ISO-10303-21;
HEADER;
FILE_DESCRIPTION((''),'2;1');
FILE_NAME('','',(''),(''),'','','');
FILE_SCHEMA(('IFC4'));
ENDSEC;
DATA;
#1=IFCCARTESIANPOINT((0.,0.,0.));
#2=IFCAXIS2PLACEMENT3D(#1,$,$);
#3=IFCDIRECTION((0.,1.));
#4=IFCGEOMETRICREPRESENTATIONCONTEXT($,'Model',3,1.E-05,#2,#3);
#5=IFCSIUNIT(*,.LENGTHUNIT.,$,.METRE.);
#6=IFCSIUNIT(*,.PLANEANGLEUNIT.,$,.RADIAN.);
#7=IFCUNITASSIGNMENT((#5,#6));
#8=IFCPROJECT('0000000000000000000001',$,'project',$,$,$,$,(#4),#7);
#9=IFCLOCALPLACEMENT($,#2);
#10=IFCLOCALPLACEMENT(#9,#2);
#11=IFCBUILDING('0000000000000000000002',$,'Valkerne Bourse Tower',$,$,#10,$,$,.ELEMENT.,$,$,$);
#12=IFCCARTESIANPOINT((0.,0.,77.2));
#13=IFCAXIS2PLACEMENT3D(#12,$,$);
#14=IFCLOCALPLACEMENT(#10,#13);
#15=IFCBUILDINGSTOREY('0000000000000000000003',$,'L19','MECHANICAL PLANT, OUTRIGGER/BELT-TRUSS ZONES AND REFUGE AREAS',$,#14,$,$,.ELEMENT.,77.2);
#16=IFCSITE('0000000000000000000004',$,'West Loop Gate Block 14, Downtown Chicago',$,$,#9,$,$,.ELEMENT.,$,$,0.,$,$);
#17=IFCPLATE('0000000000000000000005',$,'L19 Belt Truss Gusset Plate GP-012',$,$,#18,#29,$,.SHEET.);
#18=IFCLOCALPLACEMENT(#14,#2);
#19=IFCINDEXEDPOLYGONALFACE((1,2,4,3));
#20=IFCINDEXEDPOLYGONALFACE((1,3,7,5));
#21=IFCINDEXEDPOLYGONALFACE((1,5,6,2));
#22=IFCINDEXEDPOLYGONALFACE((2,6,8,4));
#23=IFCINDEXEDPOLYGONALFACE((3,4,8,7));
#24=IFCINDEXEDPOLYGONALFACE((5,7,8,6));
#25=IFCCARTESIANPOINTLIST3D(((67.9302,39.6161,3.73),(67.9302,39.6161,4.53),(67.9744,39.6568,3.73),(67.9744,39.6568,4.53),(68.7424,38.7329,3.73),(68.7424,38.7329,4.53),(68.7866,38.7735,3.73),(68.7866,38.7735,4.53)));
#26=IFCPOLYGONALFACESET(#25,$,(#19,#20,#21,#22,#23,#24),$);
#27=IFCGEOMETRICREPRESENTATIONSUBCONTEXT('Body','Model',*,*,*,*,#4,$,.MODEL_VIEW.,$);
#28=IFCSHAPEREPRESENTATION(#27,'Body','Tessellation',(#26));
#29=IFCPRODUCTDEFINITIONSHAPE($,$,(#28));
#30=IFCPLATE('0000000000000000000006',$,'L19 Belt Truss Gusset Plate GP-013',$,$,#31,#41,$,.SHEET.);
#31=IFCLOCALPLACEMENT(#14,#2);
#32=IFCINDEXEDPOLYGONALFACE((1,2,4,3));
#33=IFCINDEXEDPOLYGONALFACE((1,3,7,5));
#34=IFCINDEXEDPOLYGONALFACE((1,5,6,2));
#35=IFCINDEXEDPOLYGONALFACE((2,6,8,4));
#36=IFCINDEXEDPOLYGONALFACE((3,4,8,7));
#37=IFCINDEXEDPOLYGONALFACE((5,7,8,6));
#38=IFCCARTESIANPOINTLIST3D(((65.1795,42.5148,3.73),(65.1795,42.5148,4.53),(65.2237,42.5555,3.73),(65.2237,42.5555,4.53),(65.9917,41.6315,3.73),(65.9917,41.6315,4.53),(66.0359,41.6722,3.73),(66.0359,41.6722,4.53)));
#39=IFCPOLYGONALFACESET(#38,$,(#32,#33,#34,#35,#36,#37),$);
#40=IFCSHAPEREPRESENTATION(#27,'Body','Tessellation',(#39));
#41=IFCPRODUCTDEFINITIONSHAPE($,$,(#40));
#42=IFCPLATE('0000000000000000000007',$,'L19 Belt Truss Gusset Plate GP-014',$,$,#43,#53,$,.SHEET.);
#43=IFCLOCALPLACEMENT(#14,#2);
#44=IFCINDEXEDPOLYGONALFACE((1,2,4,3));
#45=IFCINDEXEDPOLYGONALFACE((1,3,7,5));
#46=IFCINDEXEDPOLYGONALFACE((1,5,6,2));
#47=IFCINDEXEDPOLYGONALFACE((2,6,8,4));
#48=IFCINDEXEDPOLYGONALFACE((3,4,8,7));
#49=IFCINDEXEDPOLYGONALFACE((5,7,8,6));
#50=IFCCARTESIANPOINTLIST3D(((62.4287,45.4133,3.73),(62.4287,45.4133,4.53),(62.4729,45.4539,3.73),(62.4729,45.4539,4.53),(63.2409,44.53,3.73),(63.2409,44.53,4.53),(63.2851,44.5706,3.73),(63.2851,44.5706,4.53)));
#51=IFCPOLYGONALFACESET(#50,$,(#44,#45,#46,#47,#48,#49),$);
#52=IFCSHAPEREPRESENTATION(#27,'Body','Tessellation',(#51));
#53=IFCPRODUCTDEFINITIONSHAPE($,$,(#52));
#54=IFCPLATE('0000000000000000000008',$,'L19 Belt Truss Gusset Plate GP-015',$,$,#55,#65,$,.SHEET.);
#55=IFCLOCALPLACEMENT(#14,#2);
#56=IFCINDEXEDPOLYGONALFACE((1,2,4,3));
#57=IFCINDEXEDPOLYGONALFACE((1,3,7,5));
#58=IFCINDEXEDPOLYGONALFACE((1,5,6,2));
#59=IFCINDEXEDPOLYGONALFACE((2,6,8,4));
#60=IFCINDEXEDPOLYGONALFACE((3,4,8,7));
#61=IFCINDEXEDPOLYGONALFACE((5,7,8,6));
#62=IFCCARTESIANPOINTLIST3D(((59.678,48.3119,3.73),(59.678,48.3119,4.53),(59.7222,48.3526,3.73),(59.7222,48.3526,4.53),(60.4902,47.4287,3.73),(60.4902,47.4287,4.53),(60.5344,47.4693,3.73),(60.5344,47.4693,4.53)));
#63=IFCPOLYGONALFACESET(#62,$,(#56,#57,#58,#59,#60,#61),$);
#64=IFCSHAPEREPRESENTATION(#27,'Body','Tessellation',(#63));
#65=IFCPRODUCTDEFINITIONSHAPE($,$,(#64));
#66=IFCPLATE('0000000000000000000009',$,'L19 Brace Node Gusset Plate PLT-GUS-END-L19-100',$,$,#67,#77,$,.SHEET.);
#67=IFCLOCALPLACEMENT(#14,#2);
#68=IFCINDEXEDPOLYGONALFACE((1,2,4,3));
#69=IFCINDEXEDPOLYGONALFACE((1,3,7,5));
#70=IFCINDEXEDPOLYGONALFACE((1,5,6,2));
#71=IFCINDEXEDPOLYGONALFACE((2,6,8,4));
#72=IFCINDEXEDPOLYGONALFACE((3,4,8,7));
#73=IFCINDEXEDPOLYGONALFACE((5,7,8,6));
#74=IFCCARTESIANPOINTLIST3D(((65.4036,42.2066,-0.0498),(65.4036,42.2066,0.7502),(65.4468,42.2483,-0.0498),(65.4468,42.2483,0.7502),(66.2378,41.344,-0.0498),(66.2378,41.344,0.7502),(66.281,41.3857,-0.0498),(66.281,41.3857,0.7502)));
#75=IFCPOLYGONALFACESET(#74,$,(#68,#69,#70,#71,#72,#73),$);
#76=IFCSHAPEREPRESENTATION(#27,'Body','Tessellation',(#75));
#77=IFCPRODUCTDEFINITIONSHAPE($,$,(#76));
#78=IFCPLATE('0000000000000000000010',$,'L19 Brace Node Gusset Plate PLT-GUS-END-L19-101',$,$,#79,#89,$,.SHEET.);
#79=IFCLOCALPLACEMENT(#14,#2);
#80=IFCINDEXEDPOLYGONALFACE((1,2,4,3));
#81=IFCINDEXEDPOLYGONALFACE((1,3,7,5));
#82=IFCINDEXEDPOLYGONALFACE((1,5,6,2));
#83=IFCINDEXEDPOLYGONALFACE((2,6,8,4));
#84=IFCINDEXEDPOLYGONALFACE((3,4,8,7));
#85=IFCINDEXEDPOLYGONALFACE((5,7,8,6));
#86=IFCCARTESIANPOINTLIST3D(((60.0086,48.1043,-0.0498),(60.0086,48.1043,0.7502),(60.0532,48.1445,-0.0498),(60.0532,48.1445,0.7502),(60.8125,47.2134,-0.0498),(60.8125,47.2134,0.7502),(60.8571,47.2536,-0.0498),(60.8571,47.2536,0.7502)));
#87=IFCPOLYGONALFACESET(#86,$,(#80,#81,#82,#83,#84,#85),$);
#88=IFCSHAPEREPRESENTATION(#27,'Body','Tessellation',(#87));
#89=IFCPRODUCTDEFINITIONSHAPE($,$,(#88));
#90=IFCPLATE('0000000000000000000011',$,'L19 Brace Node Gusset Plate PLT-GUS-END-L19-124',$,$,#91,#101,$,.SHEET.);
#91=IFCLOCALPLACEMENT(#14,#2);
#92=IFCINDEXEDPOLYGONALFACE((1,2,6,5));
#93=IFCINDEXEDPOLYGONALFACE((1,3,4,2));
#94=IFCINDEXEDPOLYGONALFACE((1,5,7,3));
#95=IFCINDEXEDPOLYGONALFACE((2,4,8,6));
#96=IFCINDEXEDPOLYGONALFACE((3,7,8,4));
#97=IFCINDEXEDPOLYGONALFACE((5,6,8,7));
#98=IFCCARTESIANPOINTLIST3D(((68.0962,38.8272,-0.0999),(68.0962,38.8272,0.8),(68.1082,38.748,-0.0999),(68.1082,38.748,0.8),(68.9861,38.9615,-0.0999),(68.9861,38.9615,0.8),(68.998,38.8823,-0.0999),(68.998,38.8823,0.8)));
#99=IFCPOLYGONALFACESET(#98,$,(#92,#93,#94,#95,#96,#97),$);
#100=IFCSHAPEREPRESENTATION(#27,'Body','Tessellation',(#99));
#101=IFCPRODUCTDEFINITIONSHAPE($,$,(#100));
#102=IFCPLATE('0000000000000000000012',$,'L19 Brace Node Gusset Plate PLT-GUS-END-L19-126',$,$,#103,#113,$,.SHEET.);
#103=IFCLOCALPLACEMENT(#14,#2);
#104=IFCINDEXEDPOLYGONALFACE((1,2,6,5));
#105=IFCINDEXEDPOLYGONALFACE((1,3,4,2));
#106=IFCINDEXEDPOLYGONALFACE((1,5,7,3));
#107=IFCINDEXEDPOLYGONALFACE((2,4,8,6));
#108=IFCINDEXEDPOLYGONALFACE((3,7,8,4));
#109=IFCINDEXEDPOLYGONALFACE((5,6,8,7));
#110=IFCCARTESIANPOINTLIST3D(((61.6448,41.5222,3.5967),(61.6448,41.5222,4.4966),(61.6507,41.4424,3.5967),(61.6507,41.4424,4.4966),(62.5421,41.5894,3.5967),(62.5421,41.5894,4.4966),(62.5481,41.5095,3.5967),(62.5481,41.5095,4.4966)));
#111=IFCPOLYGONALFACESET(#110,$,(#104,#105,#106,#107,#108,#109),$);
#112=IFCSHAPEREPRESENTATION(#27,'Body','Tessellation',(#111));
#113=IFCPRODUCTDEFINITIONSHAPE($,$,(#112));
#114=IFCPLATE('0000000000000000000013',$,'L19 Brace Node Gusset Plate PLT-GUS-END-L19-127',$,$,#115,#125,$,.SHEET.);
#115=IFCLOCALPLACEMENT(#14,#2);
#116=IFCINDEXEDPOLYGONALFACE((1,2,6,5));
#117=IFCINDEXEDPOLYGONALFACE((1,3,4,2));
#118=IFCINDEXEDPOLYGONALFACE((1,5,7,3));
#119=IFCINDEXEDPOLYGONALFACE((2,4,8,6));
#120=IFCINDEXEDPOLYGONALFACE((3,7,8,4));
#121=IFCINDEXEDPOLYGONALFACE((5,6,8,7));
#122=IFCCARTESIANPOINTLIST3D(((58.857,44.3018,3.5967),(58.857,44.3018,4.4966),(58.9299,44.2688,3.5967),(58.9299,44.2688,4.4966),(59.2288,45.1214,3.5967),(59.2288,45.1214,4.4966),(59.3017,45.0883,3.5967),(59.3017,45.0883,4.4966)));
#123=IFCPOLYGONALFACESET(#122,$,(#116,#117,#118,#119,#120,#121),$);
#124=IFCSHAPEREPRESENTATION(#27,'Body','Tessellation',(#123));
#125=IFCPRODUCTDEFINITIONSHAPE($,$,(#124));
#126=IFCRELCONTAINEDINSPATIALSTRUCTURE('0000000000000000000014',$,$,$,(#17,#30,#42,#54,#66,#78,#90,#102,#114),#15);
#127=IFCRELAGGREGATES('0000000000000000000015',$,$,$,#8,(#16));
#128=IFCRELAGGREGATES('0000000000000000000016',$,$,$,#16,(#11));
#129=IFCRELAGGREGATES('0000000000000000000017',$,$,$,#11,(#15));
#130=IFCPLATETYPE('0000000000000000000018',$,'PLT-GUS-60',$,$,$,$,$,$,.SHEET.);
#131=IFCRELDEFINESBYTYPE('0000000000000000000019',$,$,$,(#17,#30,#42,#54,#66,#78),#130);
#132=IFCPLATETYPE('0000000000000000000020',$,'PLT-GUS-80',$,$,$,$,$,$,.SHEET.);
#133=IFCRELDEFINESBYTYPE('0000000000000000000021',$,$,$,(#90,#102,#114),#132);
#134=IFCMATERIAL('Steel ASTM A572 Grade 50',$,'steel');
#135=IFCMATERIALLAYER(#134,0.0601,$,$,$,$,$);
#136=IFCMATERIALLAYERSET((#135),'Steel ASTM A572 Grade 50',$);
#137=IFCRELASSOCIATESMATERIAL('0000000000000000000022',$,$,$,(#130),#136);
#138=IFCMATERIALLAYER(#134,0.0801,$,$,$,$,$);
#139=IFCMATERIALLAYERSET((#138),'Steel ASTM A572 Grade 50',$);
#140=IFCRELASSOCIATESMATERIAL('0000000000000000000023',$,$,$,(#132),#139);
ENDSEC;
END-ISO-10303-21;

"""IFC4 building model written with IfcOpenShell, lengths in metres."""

from ifc_helpers import new_model, si_unit, direction, frame, origin, origin_2d, place, context, subcontext, project, spatial, rectangle, extrude, material, layer, layer_set, type_object, element, save


model = new_model("IFC4")

# Units and contexts
model_context = context("Model", 3, precision=1e-05, world=origin(), true_north=direction((0.0, 1.0)))
body_context = subcontext(model_context, "Body", "Model", "MODEL_VIEW")
ifc_project = project(units=[si_unit("LENGTHUNIT", "METRE"), si_unit("PLANEANGLEUNIT", "RADIAN")], contexts=[model_context])

# Site, building, storey
site_placement = place(None, origin())
site = spatial("IfcSite", under=ifc_project, at=site_placement, Name="West Loop Gate Block 14, Downtown Chicago", CompositionType="ELEMENT", RefElevation=0.0)
building_placement = place(site_placement, origin())
building = spatial("IfcBuilding", under=site, at=building_placement, Name="Valkerne Bourse Tower", CompositionType="ELEMENT")
storey_placement = place(building_placement, frame((0.0, 0.0, 77.2)))
storey = spatial("IfcBuildingStorey", under=building, at=storey_placement, Name="L19", Description="MECHANICAL PLANT, OUTRIGGER/BELT-TRUSS ZONES AND REFUGE AREAS", CompositionType="ELEMENT", Elevation=77.2)

# Plates
ifc_material_1 = material(Name="Steel ASTM A572 Grade 50", Category="steel")
ifc_layer_1 = layer(ifc_material_1, 0.0601)
ifc_layer_set_1 = layer_set([ifc_layer_1], Name="Steel ASTM A572 Grade 50")
plate_type_1 = type_object("IfcPlateType", Name="PLT-GUS-60", PredefinedType="SHEET", material=ifc_layer_set_1)
for number, where, z_axis, x_axis, name in (
    (1, (68.3584, 39.1948, 3.73), (0.0, 0.0, 1.0), (-0.676876, 0.736097, 0.0), "L19 Belt Truss Gusset Plate GP-012"),
    (2, (65.6077, 42.0935, 3.73), (0.0, 0.0, 1.0), (-0.676876, 0.736097, 0.0), "L19 Belt Truss Gusset Plate GP-013"),
    (3, (62.8569, 44.9919, 3.73), (0.0, 0.0, 1.0), (-0.676876, 0.736097, 0.0), "L19 Belt Truss Gusset Plate GP-014"),
    (4, (60.1062, 47.8906, 3.73), (0.0, 0.0, 1.0), (-0.676876, 0.736097, 0.0), "L19 Belt Truss Gusset Plate GP-015"),
    (5, (65.8423, 41.7961, -0.0498), (0.0, 0.0, 1.0), (0.69516, -0.718855, 0.0), "L19 Brace Node Gusset Plate PLT-GUS-END-L19-100"),
    (6, (60.4329, 47.679, -0.0498), (0.0, 0.0, 1.0), (0.669908, -0.742444, 0.0), "L19 Brace Node Gusset Plate PLT-GUS-END-L19-101"),
):
    element("IfcPlate", number, at=place(storey_placement, frame(where, z_axis=z_axis, x_axis=x_axis)), inside=storey, type_object=plate_type_1, Name=name, PredefinedType="SHEET", context=body_context, shape_type="SweptSolid", body=[
        extrude(rectangle(XDim=1.2, YDim=0.0601, at=origin_2d()), origin(), (0.0, 0.0, 1.0), 0.8),
    ])
ifc_layer_2 = layer(ifc_material_1, 0.0801)
ifc_layer_set_2 = layer_set([ifc_layer_2], Name="Steel ASTM A572 Grade 50")
plate_type_2 = type_object("IfcPlateType", Name="PLT-GUS-80", PredefinedType="SHEET", material=ifc_layer_set_2)
for number, where, z_axis, x_axis, name in (
    (7, (68.5471, 38.8547, -0.0999), (0.0, 0.0, 1.0), (-0.988809, -0.14919, 0.0), "L19 Brace Node Gusset Plate PLT-GUS-END-L19-124"),
    (8, (62.0964, 41.5159, 3.5967), (0.0, 0.0, 1.0), (-0.997211, -0.074631, 0.0), "L19 Brace Node Gusset Plate PLT-GUS-END-L19-126"),
    (9, (59.0793, 44.6951, 3.5967), (0.0, 0.0, 1.0), (-0.413104, -0.910684, 0.0), "L19 Brace Node Gusset Plate PLT-GUS-END-L19-127"),
):
    element("IfcPlate", number, at=place(storey_placement, frame(where, z_axis=z_axis, x_axis=x_axis)), inside=storey, type_object=plate_type_2, Name=name, PredefinedType="SHEET", context=body_context, shape_type="SweptSolid", body=[
        extrude(rectangle(XDim=0.8999, YDim=0.0801, at=origin_2d()), origin(), (0.0, 0.0, 1.0), 0.8999),
    ])

save(model, "model.ifc")
